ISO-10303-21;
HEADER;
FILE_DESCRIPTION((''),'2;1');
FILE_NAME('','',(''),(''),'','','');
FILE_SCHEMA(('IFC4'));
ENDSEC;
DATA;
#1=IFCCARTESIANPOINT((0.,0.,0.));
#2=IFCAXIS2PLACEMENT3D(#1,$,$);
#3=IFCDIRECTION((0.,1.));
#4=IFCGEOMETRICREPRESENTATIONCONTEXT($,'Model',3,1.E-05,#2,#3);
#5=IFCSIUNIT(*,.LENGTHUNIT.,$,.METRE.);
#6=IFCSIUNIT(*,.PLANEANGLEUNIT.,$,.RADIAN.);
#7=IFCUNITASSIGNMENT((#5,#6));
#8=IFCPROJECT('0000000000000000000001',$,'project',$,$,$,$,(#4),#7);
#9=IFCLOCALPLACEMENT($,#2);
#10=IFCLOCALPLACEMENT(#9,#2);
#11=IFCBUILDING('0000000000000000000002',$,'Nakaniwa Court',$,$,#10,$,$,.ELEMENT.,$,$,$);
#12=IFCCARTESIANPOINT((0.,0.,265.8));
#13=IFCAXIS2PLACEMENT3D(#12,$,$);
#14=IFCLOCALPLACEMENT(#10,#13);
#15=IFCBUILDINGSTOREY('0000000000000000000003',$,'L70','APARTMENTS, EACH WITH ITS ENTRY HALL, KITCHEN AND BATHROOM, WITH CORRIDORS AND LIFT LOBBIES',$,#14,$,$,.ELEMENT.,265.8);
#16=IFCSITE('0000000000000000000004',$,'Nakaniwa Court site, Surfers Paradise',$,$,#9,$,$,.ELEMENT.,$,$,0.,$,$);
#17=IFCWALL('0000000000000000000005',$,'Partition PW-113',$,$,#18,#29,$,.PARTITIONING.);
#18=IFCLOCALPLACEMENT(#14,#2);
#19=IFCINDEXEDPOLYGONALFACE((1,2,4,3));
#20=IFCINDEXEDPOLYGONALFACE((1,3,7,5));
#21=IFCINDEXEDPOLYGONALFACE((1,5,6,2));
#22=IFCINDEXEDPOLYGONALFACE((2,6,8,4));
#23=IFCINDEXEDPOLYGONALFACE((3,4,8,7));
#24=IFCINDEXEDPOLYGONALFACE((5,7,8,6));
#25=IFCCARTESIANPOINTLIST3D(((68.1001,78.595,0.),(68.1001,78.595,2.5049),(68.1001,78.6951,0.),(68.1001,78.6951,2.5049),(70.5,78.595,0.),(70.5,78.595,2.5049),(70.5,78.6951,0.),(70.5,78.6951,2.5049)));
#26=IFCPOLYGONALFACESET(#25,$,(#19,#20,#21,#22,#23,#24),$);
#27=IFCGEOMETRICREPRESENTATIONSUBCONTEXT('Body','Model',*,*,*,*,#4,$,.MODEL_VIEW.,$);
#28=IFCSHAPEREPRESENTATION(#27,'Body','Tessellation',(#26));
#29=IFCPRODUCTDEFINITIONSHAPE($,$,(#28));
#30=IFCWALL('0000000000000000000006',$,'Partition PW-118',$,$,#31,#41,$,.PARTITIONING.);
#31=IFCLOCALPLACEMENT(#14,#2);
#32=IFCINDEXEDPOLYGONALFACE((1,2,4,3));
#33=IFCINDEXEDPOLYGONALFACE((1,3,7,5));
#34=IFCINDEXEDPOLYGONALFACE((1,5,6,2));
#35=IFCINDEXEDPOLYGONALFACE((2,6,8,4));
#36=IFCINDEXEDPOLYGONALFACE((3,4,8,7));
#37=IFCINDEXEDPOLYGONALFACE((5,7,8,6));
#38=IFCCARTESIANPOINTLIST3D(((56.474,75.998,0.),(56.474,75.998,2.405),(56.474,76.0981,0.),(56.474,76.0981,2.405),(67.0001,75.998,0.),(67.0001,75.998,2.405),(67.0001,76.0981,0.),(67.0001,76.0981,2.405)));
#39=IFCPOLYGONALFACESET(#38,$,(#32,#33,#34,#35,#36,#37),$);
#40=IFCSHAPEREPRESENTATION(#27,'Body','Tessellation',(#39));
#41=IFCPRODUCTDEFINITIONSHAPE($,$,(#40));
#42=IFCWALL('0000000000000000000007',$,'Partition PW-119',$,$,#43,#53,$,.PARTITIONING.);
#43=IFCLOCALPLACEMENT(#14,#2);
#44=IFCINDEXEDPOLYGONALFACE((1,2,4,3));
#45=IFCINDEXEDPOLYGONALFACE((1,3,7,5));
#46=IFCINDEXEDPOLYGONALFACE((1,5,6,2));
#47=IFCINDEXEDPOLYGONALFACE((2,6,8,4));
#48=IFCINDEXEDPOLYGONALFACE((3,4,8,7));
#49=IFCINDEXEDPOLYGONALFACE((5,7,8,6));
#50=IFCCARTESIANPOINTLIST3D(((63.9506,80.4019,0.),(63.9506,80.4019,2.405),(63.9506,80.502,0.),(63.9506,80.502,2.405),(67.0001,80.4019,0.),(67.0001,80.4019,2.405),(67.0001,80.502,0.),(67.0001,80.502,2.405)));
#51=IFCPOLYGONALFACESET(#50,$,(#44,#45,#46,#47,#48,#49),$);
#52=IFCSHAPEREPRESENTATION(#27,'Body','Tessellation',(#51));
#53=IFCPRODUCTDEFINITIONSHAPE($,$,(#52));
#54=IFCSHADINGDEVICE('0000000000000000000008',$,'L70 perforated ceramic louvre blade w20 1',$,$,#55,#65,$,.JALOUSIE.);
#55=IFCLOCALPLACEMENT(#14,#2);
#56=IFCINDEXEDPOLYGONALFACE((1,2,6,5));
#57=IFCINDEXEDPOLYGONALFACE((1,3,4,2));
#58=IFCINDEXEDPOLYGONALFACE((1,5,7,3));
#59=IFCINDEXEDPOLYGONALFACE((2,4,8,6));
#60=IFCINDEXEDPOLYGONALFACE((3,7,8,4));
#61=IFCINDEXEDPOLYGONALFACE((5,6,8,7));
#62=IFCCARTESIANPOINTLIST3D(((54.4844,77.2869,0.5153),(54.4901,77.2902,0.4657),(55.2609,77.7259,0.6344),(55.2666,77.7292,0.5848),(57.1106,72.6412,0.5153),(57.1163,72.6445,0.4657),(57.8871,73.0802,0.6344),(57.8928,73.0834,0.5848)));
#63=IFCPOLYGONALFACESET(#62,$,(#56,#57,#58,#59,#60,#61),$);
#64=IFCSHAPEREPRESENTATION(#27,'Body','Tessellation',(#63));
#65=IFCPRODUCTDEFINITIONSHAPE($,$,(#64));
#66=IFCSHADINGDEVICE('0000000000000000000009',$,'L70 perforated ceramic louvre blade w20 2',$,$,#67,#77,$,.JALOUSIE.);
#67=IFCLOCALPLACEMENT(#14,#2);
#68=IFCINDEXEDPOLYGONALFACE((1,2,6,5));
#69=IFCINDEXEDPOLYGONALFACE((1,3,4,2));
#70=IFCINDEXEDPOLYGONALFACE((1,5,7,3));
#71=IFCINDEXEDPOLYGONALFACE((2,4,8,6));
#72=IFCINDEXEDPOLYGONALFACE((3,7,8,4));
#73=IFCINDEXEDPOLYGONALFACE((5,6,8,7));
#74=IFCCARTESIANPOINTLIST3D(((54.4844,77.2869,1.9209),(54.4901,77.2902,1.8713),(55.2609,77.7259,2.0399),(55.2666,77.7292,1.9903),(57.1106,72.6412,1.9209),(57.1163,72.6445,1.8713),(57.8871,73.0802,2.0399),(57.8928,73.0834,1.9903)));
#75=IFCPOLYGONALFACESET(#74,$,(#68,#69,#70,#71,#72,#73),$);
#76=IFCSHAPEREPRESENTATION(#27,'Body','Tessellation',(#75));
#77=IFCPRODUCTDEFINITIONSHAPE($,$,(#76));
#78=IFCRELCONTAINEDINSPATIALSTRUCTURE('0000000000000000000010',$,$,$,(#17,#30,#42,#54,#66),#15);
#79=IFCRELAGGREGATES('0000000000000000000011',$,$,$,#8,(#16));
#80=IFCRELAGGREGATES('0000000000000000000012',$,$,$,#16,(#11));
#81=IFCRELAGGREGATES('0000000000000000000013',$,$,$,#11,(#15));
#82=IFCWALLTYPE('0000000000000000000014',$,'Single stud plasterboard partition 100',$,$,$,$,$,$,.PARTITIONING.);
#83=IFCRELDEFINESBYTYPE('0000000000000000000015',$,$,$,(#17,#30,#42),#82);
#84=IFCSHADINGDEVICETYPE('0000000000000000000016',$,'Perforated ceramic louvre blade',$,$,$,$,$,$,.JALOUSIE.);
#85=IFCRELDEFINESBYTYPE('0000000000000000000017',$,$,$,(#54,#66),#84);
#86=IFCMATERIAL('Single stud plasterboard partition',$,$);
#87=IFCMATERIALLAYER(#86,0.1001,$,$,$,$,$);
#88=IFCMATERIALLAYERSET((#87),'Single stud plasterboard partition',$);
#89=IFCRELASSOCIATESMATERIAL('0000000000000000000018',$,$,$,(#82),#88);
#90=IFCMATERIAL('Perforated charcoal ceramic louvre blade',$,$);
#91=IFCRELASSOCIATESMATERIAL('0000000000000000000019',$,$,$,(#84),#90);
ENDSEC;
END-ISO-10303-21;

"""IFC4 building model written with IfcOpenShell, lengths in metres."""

from ifc_helpers import new_model, si_unit, direction, frame, frame_2d, origin, origin_2d, place, context, subcontext, project, spatial, rectangle, extrude, material, layer, layer_set, material_profile, profile_set, type_object, element, save


model = new_model("IFC4")

# Units and contexts
model_context = context("Model", 3, precision=1e-05, world=origin(), true_north=direction((0.0, 1.0)))
body_context = subcontext(model_context, "Body", "Model", "MODEL_VIEW")
ifc_project = project(units=[si_unit("LENGTHUNIT", "METRE"), si_unit("PLANEANGLEUNIT", "RADIAN")], contexts=[model_context])

# Site, building, storey
site_placement = place(None, origin())
site = spatial("IfcSite", under=ifc_project, at=site_placement, Name="Nakaniwa Court site, Surfers Paradise", CompositionType="ELEMENT", RefElevation=0.0)
building_placement = place(site_placement, origin())
building = spatial("IfcBuilding", under=site, at=building_placement, Name="Nakaniwa Court", CompositionType="ELEMENT")
storey_placement = place(building_placement, frame((0.0, 0.0, 265.8)))
storey = spatial("IfcBuildingStorey", under=building, at=storey_placement, Name="L70", Description="APARTMENTS, EACH WITH ITS ENTRY HALL, KITCHEN AND BATHROOM, WITH CORRIDORS AND LIFT LOBBIES", CompositionType="ELEMENT", Elevation=265.8)

# Walls
ifc_material_1 = material(Name="Single stud plasterboard partition")
ifc_layer_1 = layer(ifc_material_1, 0.1001)
ifc_layer_set_1 = layer_set([ifc_layer_1], Name="Single stud plasterboard partition")
wall_type_1 = type_object("IfcWallType", Name="Single stud plasterboard partition 100", PredefinedType="PARTITIONING", material=ifc_layer_set_1)
wall_1_placement = place(storey_placement, frame((68.1001, 78.645, 0.0), z_axis=(0.0, 0.0, 1.0), x_axis=(1.0, 0.0, 0.0)))
element("IfcWall", 1, at=wall_1_placement, inside=storey, type_object=wall_type_1, Name="Partition PW-113", PredefinedType="PARTITIONING", context=body_context, shape_type="SweptSolid", body=[
    extrude(rectangle(XDim=2.3999, YDim=0.1001, at=frame_2d((1.2, 0.0))), origin(), (0.0, 0.0, 1.0), 2.5049),
])
wall_2_placement = place(storey_placement, frame((56.4739, 76.0481, 0.0), z_axis=(0.0, 0.0, 1.0), x_axis=(1.0, 0.0, 0.0)))
element("IfcWall", 2, at=wall_2_placement, inside=storey, type_object=wall_type_1, Name="Partition PW-118", PredefinedType="PARTITIONING", context=body_context, shape_type="SweptSolid", body=[
    extrude(rectangle(XDim=10.5261, YDim=0.1001, at=frame_2d((5.2632, 0.0))), origin(), (0.0, 0.0, 1.0), 2.405),
])
wall_3_placement = place(storey_placement, frame((63.9504, 80.4519, 0.0), z_axis=(0.0, 0.0, 1.0), x_axis=(1.0, 0.0, 0.0)))
element("IfcWall", 3, at=wall_3_placement, inside=storey, type_object=wall_type_1, Name="Partition PW-119", PredefinedType="PARTITIONING", context=body_context, shape_type="SweptSolid", body=[
    extrude(rectangle(XDim=3.0496, YDim=0.1001, at=frame_2d((1.5249, 0.0))), origin(), (0.0, 0.0, 1.0), 2.405),
])

# Shading devices
ifc_material_2 = material(Name="Perforated charcoal ceramic louvre blade")
ifc_material_profile_1 = material_profile(ifc_material_2, rectangle(XDim=0.8999, YDim=0.05, at=origin_2d()), Name="Perforated ceramic louvre blade")
ifc_profile_set_1 = profile_set([ifc_material_profile_1], Name="Perforated charcoal ceramic louvre blade")
shading_device_type = type_object("IfcShadingDeviceType", Name="Perforated ceramic louvre blade", PredefinedType="JALOUSIE", material=ifc_profile_set_1)
for number, where, z_axis, x_axis, name in (
    (4, (54.8755, 77.5081, 0.55), (0.492109, -0.870534, 0.0), (0.862887, 0.487786, 0.132256), "L70 perforated ceramic louvre blade w20 1"),
    (5, (54.8755, 77.5081, 1.9556), (0.492109, -0.870534, 0.0), (0.862887, 0.487786, 0.132256), "L70 perforated ceramic louvre blade w20 2"),
):
    element("IfcShadingDevice", number, at=place(storey_placement, frame(where, z_axis=z_axis, x_axis=x_axis)), inside=storey, type_object=shading_device_type, Name=name, PredefinedType="JALOUSIE", context=body_context, shape_type="SweptSolid", body=[
        extrude(rectangle(XDim=0.8999, YDim=0.05, at=origin_2d()), origin(), (0.0, 0.0, 1.0), 5.3367),
    ])

save(model, "model.ifc")
